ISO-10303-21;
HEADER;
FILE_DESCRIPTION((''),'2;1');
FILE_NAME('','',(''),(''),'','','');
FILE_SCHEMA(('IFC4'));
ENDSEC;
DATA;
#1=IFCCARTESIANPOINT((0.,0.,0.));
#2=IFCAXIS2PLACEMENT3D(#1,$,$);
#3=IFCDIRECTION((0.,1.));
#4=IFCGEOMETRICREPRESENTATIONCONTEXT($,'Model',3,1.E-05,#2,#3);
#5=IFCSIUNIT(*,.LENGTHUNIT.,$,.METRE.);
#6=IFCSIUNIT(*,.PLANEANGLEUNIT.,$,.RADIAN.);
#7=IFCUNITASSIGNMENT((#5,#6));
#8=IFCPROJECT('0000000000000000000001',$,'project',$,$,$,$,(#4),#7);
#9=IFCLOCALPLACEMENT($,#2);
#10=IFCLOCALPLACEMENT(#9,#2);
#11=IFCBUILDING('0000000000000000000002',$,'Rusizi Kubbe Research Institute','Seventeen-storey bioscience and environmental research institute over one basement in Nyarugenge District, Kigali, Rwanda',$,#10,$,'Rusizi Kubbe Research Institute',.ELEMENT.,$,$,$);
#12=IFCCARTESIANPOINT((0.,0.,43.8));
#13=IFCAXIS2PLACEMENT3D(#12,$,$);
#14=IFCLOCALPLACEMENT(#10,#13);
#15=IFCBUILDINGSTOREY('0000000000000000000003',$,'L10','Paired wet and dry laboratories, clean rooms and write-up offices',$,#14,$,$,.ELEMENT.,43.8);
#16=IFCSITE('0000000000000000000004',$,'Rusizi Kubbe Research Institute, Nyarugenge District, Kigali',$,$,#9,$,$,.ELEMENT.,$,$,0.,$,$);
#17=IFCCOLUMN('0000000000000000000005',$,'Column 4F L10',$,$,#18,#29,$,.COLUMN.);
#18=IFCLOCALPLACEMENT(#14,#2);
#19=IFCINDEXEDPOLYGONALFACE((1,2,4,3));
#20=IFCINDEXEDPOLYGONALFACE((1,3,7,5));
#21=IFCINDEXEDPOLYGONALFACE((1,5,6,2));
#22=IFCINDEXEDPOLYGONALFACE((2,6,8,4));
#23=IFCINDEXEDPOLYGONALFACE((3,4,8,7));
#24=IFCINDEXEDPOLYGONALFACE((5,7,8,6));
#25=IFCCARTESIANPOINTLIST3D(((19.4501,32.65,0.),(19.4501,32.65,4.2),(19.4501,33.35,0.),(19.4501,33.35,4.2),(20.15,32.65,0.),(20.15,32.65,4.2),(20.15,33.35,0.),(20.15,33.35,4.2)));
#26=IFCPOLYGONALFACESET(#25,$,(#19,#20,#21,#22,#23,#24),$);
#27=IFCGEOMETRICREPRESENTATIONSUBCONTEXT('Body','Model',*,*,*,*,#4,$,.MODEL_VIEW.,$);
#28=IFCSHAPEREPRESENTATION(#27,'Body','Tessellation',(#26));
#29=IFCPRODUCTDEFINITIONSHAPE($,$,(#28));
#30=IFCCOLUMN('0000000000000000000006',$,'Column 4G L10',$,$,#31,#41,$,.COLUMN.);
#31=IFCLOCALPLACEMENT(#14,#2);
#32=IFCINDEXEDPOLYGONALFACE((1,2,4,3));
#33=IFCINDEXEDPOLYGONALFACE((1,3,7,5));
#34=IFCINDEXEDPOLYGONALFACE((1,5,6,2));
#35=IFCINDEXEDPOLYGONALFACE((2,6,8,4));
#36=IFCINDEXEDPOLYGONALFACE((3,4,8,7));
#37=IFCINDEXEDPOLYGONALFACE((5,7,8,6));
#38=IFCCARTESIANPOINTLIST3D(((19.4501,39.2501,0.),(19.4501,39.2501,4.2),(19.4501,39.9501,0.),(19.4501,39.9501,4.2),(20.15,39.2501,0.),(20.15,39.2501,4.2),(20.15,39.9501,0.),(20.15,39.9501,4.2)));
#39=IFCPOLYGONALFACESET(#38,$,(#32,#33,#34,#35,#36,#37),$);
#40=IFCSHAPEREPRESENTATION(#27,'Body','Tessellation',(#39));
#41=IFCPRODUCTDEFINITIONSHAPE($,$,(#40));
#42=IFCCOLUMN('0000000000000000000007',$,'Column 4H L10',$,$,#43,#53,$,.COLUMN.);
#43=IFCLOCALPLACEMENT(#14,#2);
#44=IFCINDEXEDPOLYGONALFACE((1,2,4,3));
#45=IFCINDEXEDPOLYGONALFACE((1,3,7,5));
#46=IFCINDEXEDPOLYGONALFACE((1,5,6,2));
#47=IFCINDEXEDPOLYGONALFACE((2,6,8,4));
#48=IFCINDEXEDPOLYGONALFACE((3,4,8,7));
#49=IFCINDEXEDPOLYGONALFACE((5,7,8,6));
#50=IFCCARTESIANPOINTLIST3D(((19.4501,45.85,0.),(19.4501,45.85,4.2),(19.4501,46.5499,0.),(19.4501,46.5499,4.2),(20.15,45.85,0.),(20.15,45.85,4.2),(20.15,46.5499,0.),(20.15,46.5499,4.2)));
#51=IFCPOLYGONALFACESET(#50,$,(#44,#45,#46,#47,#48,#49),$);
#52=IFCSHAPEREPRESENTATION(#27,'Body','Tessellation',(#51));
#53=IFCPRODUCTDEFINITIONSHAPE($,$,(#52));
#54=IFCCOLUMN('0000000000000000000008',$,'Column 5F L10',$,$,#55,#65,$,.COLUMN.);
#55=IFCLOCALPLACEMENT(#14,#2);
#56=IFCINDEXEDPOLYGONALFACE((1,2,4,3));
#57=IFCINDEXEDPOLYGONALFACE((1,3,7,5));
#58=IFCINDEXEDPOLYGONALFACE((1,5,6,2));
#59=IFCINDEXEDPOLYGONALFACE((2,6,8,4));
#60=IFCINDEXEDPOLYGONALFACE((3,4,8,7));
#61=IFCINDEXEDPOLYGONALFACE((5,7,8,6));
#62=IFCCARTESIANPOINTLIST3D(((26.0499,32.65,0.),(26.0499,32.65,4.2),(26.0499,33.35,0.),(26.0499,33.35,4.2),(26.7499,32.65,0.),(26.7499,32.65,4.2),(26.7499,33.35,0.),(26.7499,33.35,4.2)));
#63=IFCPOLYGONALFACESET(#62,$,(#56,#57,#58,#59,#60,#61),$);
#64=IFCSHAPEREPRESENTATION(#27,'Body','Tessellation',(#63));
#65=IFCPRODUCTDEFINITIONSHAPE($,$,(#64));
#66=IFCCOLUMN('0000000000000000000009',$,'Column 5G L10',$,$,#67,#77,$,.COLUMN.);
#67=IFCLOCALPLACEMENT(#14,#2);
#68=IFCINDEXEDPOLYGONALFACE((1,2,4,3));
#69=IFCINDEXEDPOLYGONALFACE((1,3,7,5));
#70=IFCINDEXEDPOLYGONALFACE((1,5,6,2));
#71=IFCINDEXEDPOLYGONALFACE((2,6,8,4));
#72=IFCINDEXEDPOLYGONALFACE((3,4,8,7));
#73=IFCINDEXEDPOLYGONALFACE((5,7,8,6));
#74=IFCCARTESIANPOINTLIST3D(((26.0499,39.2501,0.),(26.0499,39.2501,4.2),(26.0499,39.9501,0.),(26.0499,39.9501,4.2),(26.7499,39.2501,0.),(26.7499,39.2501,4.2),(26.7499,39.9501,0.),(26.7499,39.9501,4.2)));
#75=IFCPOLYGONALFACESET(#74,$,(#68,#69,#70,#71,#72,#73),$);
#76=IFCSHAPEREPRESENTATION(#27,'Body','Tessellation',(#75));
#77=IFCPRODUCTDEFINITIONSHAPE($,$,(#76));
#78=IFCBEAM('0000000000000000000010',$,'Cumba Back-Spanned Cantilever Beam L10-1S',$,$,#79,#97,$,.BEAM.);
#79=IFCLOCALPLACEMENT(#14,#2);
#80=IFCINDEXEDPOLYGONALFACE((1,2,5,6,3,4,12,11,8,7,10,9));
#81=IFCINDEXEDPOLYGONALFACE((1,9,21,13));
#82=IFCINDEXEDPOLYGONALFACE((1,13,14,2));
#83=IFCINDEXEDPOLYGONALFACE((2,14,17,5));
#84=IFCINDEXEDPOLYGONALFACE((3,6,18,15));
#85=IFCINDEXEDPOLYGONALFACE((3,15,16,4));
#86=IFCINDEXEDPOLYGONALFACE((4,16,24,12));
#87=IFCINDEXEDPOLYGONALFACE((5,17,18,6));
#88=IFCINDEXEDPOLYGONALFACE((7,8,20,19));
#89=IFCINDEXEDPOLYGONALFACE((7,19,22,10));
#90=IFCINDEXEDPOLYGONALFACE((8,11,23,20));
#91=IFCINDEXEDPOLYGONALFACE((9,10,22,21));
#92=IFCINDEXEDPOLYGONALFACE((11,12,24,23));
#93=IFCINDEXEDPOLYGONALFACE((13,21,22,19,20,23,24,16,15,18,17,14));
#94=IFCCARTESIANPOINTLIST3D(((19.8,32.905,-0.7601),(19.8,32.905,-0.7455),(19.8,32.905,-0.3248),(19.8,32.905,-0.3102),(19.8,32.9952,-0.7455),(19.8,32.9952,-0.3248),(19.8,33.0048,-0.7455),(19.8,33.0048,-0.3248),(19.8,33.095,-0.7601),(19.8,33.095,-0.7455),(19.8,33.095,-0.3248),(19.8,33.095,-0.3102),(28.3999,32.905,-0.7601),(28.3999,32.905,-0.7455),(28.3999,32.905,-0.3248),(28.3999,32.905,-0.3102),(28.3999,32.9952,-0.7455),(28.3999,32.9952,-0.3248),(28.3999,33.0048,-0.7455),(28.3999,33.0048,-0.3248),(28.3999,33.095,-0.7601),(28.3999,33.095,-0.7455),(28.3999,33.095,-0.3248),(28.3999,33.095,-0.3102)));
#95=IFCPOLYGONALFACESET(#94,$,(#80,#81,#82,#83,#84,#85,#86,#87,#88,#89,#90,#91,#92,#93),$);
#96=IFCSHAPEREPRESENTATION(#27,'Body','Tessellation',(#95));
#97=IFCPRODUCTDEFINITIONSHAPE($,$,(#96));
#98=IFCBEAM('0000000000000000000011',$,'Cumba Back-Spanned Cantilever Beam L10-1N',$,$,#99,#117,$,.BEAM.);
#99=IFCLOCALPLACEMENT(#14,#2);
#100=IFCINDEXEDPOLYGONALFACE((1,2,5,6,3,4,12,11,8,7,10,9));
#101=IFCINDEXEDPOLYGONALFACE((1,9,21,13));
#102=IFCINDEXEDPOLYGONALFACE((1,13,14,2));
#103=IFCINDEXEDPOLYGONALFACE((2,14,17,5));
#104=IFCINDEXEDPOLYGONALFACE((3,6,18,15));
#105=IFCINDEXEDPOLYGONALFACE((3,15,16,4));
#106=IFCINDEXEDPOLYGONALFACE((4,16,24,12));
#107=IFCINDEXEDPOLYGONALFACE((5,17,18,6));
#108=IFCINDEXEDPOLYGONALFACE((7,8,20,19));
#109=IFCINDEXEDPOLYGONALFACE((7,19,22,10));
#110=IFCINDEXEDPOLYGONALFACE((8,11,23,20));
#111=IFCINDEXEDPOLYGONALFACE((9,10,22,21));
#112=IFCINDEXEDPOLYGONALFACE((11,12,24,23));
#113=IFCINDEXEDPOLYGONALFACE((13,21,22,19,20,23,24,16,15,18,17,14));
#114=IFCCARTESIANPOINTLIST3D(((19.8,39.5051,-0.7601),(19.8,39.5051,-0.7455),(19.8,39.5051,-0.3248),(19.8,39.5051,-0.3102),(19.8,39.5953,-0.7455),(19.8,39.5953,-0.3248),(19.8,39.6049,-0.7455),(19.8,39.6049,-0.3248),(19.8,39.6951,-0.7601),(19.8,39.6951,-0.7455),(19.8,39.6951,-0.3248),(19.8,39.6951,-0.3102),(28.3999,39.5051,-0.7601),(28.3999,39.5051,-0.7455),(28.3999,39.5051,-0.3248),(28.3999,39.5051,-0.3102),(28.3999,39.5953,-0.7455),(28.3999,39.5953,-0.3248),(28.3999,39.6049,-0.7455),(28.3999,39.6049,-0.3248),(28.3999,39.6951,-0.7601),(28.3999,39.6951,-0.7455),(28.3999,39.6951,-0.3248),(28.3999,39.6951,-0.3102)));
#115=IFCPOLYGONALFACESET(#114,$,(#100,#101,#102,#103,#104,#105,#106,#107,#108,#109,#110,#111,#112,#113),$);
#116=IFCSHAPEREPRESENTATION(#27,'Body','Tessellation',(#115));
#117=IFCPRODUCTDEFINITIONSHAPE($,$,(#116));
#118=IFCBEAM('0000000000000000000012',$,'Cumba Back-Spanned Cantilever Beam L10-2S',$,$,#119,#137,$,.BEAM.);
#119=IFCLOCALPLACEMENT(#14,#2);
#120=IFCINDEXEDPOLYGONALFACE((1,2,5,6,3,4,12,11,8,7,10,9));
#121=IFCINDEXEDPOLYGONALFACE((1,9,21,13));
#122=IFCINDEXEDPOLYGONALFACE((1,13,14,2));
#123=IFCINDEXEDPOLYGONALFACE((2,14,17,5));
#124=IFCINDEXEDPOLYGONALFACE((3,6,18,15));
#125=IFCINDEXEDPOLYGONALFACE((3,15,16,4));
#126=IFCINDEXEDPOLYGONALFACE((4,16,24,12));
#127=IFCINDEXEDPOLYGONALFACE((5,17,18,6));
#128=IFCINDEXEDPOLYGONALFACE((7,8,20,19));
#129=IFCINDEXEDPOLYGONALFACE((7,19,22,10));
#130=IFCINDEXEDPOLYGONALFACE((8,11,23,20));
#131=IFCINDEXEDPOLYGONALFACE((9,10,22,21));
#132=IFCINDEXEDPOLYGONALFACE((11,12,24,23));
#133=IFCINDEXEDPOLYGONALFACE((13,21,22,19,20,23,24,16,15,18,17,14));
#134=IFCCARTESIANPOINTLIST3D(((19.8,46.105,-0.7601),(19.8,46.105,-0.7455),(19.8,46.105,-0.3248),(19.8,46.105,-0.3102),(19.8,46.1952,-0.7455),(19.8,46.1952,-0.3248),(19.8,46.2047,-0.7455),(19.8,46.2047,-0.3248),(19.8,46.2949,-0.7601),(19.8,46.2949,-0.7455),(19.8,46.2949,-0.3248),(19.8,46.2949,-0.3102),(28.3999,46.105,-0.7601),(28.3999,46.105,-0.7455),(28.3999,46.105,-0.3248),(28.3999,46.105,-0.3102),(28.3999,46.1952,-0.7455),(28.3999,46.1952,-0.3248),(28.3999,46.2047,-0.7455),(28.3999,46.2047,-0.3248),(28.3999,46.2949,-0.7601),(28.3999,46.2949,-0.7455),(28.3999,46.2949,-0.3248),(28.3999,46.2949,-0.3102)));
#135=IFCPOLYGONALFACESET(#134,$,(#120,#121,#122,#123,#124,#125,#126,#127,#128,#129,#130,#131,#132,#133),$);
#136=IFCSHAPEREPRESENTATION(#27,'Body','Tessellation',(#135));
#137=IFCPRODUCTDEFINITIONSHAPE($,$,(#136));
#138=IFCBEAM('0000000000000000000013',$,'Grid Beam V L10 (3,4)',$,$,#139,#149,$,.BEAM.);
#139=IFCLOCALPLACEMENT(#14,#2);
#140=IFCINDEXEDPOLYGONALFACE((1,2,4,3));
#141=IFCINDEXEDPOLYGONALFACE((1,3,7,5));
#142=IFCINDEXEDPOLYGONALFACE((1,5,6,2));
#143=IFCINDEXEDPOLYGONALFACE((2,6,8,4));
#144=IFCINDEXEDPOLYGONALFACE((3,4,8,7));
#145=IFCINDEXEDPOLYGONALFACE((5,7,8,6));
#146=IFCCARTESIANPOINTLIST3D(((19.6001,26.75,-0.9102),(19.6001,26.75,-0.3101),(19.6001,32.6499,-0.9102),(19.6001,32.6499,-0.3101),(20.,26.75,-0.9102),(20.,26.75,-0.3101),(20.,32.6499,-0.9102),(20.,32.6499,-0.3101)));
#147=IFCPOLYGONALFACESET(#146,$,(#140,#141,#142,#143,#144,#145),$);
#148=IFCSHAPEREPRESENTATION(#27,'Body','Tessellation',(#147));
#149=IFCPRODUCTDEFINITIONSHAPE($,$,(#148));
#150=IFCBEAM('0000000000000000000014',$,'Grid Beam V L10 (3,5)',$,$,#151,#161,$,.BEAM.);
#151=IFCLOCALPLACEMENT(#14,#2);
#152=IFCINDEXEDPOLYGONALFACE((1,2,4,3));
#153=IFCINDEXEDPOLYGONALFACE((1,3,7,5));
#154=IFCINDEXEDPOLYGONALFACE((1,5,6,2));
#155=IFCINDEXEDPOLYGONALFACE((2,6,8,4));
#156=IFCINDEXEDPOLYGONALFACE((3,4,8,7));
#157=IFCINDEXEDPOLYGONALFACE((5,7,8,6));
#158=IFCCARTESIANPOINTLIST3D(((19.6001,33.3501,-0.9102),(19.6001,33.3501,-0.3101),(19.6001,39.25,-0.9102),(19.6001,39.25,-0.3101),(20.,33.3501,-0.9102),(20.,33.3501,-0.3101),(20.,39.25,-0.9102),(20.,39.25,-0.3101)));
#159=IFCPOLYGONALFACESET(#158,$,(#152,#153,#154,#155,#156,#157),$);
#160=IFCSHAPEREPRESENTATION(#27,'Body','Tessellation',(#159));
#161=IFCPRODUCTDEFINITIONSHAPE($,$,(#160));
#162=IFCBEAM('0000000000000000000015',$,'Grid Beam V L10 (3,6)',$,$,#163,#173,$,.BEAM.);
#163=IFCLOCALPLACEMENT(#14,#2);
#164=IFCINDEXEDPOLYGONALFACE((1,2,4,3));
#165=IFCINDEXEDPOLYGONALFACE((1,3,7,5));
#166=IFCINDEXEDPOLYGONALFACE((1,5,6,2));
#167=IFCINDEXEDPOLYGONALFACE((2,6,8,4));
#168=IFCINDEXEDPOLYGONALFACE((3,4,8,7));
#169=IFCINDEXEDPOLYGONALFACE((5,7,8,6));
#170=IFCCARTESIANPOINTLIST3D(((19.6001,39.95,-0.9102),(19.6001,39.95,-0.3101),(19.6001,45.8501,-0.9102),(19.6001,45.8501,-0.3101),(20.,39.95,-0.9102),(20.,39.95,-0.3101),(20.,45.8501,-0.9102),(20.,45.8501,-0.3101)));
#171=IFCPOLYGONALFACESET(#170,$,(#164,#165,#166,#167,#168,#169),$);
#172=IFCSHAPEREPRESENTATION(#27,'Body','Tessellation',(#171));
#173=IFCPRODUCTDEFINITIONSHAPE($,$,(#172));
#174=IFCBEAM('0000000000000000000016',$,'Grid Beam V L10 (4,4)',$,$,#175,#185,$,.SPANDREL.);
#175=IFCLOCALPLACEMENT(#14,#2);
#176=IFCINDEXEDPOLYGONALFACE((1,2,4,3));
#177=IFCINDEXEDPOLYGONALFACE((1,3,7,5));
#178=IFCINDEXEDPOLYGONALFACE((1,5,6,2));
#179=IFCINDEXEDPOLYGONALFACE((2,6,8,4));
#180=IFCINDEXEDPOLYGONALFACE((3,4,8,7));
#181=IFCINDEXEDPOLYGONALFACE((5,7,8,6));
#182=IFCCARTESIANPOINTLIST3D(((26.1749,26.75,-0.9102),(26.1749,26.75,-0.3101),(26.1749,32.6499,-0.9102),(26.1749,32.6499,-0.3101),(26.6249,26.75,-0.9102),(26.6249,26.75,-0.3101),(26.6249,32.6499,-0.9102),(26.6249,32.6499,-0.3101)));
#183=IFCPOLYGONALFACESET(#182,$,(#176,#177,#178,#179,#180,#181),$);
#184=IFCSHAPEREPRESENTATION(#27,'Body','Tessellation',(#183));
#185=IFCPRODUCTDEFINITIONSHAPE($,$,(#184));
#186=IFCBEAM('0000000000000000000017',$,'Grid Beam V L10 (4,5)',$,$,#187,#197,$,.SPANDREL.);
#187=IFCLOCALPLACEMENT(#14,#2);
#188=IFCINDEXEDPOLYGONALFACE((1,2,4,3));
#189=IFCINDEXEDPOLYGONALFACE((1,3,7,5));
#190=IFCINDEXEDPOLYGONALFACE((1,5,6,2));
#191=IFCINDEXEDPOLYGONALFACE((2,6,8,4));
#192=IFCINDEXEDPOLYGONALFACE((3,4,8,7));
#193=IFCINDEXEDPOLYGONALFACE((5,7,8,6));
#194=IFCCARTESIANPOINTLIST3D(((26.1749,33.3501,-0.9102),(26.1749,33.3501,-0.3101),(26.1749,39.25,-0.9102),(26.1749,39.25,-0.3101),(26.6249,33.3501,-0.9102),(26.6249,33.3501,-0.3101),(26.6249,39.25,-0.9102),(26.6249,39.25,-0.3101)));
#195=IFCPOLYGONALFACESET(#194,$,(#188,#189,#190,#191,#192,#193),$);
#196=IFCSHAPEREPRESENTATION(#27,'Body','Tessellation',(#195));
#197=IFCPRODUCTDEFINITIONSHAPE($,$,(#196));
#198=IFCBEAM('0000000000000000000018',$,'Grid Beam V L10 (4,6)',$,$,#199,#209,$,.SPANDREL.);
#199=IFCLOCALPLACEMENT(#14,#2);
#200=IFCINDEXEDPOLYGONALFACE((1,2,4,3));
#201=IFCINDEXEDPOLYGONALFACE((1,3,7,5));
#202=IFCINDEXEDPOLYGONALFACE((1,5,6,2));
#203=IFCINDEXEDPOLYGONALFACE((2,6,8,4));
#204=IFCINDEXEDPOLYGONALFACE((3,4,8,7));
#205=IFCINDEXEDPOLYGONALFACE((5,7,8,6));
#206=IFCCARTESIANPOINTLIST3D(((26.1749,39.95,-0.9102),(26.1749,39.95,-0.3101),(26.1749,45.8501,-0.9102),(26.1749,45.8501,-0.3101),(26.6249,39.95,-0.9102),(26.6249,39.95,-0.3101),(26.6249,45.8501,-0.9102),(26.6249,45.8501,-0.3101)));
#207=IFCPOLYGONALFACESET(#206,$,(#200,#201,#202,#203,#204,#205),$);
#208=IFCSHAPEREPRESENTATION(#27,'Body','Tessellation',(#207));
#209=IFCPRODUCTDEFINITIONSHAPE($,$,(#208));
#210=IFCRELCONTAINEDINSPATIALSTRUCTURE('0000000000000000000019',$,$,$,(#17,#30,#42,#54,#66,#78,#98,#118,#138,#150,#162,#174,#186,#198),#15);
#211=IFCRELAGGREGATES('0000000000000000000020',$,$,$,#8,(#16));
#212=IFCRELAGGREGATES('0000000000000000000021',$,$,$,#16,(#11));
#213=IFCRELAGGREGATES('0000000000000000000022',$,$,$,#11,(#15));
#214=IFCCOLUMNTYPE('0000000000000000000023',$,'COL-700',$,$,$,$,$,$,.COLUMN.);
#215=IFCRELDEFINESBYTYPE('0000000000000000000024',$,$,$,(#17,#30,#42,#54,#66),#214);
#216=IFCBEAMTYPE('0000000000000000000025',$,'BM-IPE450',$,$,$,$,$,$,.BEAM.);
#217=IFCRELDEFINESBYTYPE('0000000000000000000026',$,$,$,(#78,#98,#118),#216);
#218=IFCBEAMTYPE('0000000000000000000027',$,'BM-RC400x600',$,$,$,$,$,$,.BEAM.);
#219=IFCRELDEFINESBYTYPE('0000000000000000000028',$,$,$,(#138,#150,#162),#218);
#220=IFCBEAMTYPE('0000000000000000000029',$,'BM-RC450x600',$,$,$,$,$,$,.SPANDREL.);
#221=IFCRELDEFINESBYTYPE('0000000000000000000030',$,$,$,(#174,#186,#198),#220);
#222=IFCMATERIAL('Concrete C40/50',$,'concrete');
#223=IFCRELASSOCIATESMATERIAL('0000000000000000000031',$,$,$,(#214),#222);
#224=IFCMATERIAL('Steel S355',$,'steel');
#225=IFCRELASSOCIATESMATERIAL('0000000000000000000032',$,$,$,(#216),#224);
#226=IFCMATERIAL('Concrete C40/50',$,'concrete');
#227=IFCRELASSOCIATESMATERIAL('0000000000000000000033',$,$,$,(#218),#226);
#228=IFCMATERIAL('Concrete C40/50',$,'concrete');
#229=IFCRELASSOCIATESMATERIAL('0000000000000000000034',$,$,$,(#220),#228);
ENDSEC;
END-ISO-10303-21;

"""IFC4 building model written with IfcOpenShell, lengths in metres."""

from ifc_helpers import new_model, si_unit, direction, frame, origin, origin_2d, place, context, subcontext, project, spatial, rectangle, i_section, extrude, material, material_profile, profile_set, type_object, element, save


model = new_model("IFC4")

# Units and contexts
model_context = context("Model", 3, precision=1e-05, world=origin(), true_north=direction((0.0, 1.0)))
body_context = subcontext(model_context, "Body", "Model", "MODEL_VIEW")
ifc_project = project(units=[si_unit("LENGTHUNIT", "METRE"), si_unit("PLANEANGLEUNIT", "RADIAN")], contexts=[model_context])

# Site, building, storey
site_placement = place(None, origin())
site = spatial("IfcSite", under=ifc_project, at=site_placement, Name="Rusizi Kubbe Research Institute, Nyarugenge District, Kigali", CompositionType="ELEMENT", RefElevation=0.0)
building_placement = place(site_placement, origin())
building = spatial("IfcBuilding", under=site, at=building_placement, Name="Rusizi Kubbe Research Institute", Description="Seventeen-storey bioscience and environmental research institute over one basement in Nyarugenge District, Kigali, Rwanda", LongName="Rusizi Kubbe Research Institute", CompositionType="ELEMENT")
storey_placement = place(building_placement, frame((0.0, 0.0, 43.8)))
storey = spatial("IfcBuildingStorey", under=building, at=storey_placement, Name="L10", Description="Paired wet and dry laboratories, clean rooms and write-up offices", CompositionType="ELEMENT", Elevation=43.8)

# Columns
ifc_material_1 = material(Name="Concrete C40/50", Category="concrete")
ifc_material_profile_1 = material_profile(ifc_material_1, rectangle(XDim=0.7, YDim=0.7, at=origin_2d()), Name="RC700x700")
ifc_profile_set_1 = profile_set([ifc_material_profile_1], Name="Concrete C40/50")
column_type = type_object("IfcColumnType", Name="COL-700", PredefinedType="COLUMN", material=ifc_profile_set_1)
for number, where, z_axis, x_axis, name in (
    (1, (19.8, 33.0, 0.0), (0.0, 0.0, 1.0), (1.0, 0.0, 0.0), "Column 4F L10"),
    (2, (19.8, 39.6001, 0.0), (0.0, 0.0, 1.0), (1.0, 0.0, 0.0), "Column 4G L10"),
    (3, (19.8, 46.2, 0.0), (0.0, 0.0, 1.0), (1.0, 0.0, 0.0), "Column 4H L10"),
    (4, (26.3999, 33.0, 0.0), (0.0, 0.0, 1.0), (1.0, 0.0, 0.0), "Column 5F L10"),
    (5, (26.3999, 39.6001, 0.0), (0.0, 0.0, 1.0), (1.0, 0.0, 0.0), "Column 5G L10"),
):
    element("IfcColumn", number, at=place(storey_placement, frame(where, z_axis=z_axis, x_axis=x_axis)), inside=storey, type_object=column_type, Name=name, PredefinedType="COLUMN", context=body_context, shape_type="SweptSolid", body=[
        extrude(rectangle(XDim=0.7, YDim=0.7, at=origin_2d()), origin(), (0.0, 0.0, 1.0), 4.2),
    ])

# Beams
ifc_material_2 = material(Name="Steel S355", Category="steel")
ifc_material_profile_2 = material_profile(ifc_material_2, i_section(OverallWidth=0.1899, OverallDepth=0.45, WebThickness=0.0095, FlangeThickness=0.0146, at=origin_2d()), Name="IPE 450")
ifc_profile_set_2 = profile_set([ifc_material_profile_2], Name="Steel S355")
beam_type_1 = type_object("IfcBeamType", Name="BM-IPE450", PredefinedType="BEAM", material=ifc_profile_set_2)
for number, where, z_axis, x_axis, name in (
    (6, (19.8, 33.0, -0.5352), (1.0, 0.0, 0.0), (0.0, 1.0, 0.0), "Cumba Back-Spanned Cantilever Beam L10-1S"),
    (7, (19.8, 39.6001, -0.5352), (1.0, 0.0, 0.0), (0.0, 1.0, 0.0), "Cumba Back-Spanned Cantilever Beam L10-1N"),
    (8, (19.8, 46.2, -0.5352), (1.0, 0.0, 0.0), (0.0, 1.0, 0.0), "Cumba Back-Spanned Cantilever Beam L10-2S"),
):
    element("IfcBeam", number, at=place(storey_placement, frame(where, z_axis=z_axis, x_axis=x_axis)), inside=storey, type_object=beam_type_1, Name=name, PredefinedType="BEAM", context=body_context, shape_type="SweptSolid", body=[
        extrude(i_section(OverallWidth=0.1899, OverallDepth=0.45, WebThickness=0.0095, FlangeThickness=0.0146, at=origin_2d()), origin(), (0.0, 0.0, 1.0), 8.5999),
    ])
ifc_material_3 = material(Name="Concrete C40/50", Category="concrete")
ifc_material_profile_3 = material_profile(ifc_material_3, rectangle(XDim=0.3999, YDim=0.6001, at=origin_2d()), Name="RC400x600")
ifc_profile_set_3 = profile_set([ifc_material_profile_3], Name="Concrete C40/50")
beam_type_2 = type_object("IfcBeamType", Name="BM-RC400x600", PredefinedType="BEAM", material=ifc_profile_set_3)
for number, where, z_axis, x_axis, name in (
    (9, (19.8, 26.75, -0.6101), (0.0, 1.0, 0.0), (-1.0, 0.0, 0.0), "Grid Beam V L10 (3,4)"),
    (10, (19.8, 33.3501, -0.6101), (0.0, 1.0, 0.0), (-1.0, 0.0, 0.0), "Grid Beam V L10 (3,5)"),
):
    element("IfcBeam", number, at=place(storey_placement, frame(where, z_axis=z_axis, x_axis=x_axis)), inside=storey, type_object=beam_type_2, Name=name, PredefinedType="BEAM", context=body_context, shape_type="SweptSolid", body=[
        extrude(rectangle(XDim=0.3999, YDim=0.6001, at=origin_2d()), origin(), (0.0, 0.0, 1.0), 5.8999),
    ])
beam_1_placement = place(storey_placement, frame((19.8, 39.95, -0.6101), z_axis=(0.0, 1.0, 0.0), x_axis=(-1.0, 0.0, 0.0)))
element("IfcBeam", 11, at=beam_1_placement, inside=storey, type_object=beam_type_2, Name="Grid Beam V L10 (3,6)", PredefinedType="BEAM", context=body_context, shape_type="SweptSolid", body=[
    extrude(rectangle(XDim=0.3999, YDim=0.6001, at=origin_2d()), origin(), (0.0, 0.0, 1.0), 5.9001),
])
ifc_material_4 = material(Name="Concrete C40/50", Category="concrete")
ifc_material_profile_4 = material_profile(ifc_material_4, rectangle(XDim=0.45, YDim=0.6001, at=origin_2d()), Name="RC450x600")
ifc_profile_set_4 = profile_set([ifc_material_profile_4], Name="Concrete C40/50")
beam_type_3 = type_object("IfcBeamType", Name="BM-RC450x600", PredefinedType="SPANDREL", material=ifc_profile_set_4)
for number, where, z_axis, x_axis, name in (
    (12, (26.3999, 26.75, -0.6101), (0.0, 1.0, 0.0), (-1.0, 0.0, 0.0), "Grid Beam V L10 (4,4)"),
    (13, (26.3999, 33.3501, -0.6101), (0.0, 1.0, 0.0), (-1.0, 0.0, 0.0), "Grid Beam V L10 (4,5)"),
):
    element("IfcBeam", number, at=place(storey_placement, frame(where, z_axis=z_axis, x_axis=x_axis)), inside=storey, type_object=beam_type_3, Name=name, PredefinedType="SPANDREL", context=body_context, shape_type="SweptSolid", body=[
        extrude(rectangle(XDim=0.45, YDim=0.6001, at=origin_2d()), origin(), (0.0, 0.0, 1.0), 5.8999),
    ])
beam_2_placement = place(storey_placement, frame((26.3999, 39.95, -0.6101), z_axis=(0.0, 1.0, 0.0), x_axis=(-1.0, 0.0, 0.0)))
element("IfcBeam", 14, at=beam_2_placement, inside=storey, type_object=beam_type_3, Name="Grid Beam V L10 (4,6)", PredefinedType="SPANDREL", context=body_context, shape_type="SweptSolid", body=[
    extrude(rectangle(XDim=0.45, YDim=0.6001, at=origin_2d()), origin(), (0.0, 0.0, 1.0), 5.9001),
])

save(model, "model.ifc")
